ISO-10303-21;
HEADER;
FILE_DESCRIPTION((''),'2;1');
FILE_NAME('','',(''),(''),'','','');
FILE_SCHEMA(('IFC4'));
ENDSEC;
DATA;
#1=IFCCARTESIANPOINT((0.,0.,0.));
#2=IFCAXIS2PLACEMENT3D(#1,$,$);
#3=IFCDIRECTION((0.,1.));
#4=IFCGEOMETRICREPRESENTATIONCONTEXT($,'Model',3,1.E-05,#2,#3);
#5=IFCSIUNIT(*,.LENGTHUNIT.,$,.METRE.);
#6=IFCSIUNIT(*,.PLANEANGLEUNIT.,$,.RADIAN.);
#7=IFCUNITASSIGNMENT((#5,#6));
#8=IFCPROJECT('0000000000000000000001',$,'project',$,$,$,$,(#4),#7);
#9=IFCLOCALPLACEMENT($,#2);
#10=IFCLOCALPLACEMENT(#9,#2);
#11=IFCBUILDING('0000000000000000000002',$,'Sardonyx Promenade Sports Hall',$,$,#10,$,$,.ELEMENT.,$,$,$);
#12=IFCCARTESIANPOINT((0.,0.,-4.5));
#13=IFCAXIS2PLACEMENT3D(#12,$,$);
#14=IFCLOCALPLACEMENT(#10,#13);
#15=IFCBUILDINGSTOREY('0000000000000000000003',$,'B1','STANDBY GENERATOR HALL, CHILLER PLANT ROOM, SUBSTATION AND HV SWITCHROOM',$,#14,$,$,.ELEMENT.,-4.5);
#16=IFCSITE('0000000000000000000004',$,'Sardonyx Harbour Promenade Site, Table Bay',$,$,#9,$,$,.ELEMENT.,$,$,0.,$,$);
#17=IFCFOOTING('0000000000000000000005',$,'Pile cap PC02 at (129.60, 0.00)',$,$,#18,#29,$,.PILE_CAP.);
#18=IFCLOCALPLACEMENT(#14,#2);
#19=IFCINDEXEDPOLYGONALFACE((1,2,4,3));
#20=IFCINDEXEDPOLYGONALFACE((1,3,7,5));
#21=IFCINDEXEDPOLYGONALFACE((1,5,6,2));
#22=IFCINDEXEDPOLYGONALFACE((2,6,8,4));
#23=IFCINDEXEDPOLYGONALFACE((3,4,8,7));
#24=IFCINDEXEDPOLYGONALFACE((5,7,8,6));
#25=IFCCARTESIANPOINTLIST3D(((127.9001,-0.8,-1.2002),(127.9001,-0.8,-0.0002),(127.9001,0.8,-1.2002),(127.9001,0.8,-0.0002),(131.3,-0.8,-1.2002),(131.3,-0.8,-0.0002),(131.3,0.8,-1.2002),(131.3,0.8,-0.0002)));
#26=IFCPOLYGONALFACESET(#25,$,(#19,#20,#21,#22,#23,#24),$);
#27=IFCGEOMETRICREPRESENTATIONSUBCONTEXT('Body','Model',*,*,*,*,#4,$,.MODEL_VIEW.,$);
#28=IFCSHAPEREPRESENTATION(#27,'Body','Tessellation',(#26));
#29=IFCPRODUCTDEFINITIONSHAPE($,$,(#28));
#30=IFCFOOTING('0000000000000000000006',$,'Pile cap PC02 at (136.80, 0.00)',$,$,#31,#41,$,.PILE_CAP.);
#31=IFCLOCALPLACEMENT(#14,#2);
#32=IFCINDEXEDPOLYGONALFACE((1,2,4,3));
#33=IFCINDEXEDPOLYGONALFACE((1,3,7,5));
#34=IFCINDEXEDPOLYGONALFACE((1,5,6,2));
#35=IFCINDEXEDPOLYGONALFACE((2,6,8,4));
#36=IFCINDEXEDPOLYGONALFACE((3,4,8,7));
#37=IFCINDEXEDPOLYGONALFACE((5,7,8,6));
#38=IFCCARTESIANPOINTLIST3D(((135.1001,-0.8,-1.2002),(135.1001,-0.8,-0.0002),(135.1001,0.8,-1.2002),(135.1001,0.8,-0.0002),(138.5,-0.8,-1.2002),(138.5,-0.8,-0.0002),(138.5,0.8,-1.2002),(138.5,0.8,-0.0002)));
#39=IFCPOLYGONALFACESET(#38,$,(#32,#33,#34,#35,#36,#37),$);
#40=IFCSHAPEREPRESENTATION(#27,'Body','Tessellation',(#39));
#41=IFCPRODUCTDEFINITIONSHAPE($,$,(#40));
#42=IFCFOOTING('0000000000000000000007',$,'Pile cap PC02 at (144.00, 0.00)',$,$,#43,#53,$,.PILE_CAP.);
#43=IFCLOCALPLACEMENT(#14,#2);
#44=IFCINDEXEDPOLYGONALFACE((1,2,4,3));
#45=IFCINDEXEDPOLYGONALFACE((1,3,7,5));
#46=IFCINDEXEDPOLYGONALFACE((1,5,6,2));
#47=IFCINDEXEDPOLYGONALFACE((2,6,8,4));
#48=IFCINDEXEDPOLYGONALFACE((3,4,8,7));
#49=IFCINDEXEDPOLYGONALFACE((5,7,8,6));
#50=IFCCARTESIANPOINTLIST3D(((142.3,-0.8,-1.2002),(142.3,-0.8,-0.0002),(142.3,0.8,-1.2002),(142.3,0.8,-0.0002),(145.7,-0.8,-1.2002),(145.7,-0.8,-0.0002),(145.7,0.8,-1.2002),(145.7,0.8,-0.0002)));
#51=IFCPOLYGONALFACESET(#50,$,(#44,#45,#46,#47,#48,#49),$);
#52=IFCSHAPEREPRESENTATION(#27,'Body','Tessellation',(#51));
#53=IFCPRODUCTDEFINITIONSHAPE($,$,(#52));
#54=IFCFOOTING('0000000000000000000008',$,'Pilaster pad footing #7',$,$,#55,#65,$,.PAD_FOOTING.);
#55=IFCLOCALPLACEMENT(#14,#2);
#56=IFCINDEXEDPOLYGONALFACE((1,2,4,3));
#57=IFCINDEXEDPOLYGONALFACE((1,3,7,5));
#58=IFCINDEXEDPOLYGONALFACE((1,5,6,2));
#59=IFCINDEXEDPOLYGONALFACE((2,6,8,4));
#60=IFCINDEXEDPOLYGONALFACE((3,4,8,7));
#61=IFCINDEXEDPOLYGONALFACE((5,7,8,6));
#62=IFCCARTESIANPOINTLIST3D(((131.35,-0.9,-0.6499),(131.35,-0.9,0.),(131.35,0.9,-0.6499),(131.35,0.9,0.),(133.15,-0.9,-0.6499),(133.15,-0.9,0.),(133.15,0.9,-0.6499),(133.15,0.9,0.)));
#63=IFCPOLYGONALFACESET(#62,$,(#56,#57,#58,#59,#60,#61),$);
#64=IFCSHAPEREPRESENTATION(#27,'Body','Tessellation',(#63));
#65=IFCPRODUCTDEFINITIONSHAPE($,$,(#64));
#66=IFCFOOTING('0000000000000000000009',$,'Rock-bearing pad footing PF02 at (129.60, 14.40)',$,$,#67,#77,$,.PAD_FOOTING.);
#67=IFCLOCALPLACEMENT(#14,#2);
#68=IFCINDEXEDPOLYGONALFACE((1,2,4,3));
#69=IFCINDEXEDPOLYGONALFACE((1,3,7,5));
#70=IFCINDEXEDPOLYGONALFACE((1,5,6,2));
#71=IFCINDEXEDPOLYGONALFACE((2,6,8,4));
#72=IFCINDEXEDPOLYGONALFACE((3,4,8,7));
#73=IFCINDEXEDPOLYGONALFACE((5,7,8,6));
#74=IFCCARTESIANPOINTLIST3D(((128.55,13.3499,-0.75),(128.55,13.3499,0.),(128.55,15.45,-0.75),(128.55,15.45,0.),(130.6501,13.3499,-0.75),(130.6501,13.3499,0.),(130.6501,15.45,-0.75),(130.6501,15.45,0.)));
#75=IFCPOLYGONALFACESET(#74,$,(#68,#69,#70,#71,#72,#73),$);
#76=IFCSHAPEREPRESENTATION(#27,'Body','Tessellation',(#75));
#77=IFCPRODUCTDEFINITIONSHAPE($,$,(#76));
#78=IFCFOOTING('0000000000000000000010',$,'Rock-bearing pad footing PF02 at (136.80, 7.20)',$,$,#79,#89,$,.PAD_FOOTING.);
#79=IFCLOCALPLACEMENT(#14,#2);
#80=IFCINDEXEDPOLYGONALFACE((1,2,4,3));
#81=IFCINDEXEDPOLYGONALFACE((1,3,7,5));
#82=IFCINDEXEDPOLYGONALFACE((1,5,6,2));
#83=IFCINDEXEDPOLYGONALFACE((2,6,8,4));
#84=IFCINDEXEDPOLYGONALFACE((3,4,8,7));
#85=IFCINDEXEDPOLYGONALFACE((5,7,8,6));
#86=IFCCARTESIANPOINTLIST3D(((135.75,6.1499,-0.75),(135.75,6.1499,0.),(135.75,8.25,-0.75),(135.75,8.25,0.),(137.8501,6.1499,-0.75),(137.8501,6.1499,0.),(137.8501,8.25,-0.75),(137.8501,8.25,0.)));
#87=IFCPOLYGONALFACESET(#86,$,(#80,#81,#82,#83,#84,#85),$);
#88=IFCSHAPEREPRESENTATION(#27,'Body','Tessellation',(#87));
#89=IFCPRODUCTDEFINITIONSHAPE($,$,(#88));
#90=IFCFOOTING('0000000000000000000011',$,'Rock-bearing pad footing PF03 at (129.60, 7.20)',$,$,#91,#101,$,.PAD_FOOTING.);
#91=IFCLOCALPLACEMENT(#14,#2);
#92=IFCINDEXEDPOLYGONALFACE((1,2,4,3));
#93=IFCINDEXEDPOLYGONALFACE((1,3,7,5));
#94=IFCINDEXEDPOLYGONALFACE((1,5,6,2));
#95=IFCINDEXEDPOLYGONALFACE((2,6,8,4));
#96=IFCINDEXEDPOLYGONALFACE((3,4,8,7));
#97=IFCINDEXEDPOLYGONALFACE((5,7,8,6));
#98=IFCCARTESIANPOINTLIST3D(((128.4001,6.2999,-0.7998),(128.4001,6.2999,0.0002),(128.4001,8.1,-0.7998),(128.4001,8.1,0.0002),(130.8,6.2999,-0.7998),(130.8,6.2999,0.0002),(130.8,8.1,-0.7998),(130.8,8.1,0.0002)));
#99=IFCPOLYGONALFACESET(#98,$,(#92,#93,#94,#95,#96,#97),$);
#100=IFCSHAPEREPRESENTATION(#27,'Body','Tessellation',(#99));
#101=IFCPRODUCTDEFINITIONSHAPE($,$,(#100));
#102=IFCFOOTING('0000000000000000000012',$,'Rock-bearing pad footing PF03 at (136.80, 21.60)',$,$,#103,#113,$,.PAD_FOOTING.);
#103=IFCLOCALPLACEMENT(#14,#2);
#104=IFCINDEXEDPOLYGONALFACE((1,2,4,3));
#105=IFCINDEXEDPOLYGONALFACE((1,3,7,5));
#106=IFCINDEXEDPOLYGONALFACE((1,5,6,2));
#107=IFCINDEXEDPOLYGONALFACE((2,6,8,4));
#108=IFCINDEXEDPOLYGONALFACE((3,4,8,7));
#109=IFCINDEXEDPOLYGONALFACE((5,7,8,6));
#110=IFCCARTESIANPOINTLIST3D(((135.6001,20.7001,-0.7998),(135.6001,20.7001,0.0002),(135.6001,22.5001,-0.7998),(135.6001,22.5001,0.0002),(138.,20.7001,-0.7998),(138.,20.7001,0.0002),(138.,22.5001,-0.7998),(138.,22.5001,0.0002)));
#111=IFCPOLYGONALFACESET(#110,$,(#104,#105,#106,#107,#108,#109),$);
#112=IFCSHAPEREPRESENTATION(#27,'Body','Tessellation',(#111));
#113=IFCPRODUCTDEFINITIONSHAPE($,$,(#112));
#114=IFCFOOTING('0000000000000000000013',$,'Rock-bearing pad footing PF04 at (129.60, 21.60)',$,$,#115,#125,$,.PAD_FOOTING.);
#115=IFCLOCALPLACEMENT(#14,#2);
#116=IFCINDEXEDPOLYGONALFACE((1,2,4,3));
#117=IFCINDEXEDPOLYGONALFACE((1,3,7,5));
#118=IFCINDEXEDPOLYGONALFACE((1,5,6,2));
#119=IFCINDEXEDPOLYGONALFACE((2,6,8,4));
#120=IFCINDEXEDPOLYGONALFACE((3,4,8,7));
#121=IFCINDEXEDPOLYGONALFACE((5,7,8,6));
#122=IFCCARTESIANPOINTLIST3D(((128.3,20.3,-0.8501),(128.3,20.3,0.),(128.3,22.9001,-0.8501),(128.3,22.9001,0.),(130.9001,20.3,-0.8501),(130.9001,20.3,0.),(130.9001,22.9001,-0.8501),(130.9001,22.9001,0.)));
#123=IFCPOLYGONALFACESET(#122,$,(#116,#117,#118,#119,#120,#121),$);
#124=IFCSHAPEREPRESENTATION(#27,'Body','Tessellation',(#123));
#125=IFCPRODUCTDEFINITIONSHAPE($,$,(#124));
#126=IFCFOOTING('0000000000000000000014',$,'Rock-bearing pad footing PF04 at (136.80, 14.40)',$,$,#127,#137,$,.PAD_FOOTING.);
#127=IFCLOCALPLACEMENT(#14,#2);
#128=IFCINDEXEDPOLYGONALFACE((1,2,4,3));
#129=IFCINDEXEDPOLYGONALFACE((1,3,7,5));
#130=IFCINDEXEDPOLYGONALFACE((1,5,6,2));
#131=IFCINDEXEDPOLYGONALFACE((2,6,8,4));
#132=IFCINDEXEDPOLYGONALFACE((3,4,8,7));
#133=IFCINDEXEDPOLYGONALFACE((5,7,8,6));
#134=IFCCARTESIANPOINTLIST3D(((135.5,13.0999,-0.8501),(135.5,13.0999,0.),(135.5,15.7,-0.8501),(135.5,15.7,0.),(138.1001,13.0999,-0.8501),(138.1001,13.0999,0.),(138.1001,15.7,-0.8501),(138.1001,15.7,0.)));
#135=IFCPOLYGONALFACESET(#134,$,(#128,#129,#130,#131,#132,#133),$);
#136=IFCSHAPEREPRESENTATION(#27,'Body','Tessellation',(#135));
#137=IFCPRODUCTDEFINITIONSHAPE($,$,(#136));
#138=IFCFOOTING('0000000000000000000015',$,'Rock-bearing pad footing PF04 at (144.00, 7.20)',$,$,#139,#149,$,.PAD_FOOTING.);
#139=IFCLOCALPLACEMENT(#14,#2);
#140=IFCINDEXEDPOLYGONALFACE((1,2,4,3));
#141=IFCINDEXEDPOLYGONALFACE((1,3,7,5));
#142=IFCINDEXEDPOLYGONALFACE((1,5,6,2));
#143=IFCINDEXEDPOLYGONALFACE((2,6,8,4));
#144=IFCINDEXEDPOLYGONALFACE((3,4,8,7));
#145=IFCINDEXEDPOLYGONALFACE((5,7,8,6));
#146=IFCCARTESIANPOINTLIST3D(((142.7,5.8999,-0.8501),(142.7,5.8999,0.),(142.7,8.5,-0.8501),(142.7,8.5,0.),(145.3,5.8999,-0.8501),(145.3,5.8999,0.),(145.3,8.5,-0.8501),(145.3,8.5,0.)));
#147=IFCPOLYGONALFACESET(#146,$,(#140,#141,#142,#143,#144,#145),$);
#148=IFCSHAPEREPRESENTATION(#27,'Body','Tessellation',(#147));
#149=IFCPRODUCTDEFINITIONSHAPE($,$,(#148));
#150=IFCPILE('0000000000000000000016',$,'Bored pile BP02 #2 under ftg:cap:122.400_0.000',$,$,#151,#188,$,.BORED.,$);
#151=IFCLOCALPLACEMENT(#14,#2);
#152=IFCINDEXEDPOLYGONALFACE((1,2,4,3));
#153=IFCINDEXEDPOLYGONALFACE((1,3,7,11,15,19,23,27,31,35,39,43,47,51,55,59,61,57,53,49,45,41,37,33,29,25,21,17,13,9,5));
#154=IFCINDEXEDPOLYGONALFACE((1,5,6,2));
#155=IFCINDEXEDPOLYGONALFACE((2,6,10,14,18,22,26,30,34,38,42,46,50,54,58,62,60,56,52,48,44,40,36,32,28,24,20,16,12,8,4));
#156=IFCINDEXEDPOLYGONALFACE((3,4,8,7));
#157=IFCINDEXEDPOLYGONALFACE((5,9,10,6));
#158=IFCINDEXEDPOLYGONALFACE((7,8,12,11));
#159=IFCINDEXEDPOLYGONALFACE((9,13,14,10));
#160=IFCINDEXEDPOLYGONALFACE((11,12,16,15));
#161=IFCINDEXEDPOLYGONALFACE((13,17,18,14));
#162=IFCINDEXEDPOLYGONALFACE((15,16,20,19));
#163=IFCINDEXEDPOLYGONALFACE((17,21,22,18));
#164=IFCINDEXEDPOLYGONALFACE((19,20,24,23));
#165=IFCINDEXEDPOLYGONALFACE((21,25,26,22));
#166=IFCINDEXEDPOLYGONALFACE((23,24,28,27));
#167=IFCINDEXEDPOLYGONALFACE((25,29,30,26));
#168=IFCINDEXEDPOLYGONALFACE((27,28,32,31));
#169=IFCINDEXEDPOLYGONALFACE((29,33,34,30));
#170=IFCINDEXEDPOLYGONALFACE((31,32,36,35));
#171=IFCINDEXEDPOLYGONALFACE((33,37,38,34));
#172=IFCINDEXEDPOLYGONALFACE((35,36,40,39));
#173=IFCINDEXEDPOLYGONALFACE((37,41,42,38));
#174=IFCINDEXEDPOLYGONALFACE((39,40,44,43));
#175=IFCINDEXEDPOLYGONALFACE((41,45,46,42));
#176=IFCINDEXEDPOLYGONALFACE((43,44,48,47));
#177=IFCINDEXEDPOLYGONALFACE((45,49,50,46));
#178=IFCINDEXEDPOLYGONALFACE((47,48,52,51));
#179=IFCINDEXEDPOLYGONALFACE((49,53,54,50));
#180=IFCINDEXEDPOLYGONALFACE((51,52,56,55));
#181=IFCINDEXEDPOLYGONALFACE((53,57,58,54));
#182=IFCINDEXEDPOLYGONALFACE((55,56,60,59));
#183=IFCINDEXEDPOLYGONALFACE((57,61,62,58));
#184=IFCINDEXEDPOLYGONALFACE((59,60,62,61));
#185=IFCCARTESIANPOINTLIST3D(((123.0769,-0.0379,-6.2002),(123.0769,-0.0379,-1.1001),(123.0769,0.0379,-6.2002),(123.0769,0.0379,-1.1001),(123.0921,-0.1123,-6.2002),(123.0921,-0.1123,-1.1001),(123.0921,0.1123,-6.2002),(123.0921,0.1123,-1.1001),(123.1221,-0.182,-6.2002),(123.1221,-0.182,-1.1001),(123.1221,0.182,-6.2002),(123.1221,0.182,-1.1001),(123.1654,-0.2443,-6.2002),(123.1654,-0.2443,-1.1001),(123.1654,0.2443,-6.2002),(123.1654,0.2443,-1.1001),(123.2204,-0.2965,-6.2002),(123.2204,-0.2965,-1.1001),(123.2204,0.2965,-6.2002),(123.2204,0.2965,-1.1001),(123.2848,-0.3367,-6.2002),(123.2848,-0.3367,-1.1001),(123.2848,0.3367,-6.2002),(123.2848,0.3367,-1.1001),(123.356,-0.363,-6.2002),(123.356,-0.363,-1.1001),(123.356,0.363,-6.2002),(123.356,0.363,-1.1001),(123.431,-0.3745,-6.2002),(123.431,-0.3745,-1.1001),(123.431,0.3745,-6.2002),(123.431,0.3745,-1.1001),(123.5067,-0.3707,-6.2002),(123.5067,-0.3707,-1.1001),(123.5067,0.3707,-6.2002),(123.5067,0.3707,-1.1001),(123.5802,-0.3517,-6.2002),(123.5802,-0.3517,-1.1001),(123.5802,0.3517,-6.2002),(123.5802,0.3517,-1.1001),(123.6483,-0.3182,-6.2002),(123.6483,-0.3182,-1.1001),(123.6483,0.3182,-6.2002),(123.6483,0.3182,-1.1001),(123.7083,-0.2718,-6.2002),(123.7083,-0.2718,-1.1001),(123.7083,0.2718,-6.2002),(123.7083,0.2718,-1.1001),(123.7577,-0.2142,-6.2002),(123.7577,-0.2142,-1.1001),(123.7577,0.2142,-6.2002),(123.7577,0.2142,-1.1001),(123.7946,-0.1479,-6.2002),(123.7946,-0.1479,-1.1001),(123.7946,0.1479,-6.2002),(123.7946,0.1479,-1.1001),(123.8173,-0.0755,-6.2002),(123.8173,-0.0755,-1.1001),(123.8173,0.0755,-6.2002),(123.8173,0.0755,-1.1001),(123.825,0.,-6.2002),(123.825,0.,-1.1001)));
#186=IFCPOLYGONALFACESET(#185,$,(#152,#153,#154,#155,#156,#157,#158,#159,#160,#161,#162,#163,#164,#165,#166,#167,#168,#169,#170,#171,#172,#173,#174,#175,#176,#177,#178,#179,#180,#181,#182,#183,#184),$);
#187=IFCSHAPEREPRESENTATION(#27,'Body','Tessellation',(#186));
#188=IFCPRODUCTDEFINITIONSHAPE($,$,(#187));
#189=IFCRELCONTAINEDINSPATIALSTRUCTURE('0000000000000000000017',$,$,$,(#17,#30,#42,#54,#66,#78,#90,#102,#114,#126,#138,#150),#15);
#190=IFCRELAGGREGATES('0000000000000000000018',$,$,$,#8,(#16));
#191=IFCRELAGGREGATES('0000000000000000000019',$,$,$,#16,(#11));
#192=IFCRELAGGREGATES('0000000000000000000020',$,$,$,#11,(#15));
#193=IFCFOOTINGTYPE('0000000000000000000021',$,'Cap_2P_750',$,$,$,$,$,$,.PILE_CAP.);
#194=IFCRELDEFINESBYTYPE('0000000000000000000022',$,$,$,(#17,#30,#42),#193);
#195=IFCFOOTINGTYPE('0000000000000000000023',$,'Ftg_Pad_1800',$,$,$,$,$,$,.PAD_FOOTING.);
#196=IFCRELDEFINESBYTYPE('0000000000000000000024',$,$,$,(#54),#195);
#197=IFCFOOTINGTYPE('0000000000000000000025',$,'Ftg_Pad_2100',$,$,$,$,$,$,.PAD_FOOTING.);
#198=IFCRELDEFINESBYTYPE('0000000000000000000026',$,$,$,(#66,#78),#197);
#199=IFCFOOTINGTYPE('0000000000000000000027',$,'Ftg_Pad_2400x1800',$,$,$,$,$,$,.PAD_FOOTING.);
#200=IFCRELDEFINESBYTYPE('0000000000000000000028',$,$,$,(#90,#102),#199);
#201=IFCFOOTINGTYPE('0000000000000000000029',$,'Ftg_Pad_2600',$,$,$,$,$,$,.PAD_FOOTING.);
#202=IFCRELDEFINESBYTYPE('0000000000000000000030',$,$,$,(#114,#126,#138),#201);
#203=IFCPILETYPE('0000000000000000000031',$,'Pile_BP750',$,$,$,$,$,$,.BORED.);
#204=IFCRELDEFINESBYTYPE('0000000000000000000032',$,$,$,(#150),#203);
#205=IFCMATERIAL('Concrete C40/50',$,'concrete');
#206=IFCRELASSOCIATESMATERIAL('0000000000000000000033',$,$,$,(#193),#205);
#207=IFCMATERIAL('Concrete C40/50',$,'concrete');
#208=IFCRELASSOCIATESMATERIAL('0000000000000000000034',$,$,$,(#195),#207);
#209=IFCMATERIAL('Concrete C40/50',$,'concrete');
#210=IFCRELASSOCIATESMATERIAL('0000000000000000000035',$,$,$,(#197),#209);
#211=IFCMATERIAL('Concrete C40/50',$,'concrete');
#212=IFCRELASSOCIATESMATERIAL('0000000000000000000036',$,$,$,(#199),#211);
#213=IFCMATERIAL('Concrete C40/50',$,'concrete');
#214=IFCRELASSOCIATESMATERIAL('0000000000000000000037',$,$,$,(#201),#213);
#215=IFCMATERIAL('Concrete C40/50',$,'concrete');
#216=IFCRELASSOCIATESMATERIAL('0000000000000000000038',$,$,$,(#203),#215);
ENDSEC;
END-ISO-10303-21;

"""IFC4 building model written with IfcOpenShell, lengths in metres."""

from ifc_helpers import new_model, si_unit, direction, frame, origin, origin_2d, place, context, subcontext, project, spatial, rectangle, circle, extrude, material, material_profile, profile_set, type_object, element, save


model = new_model("IFC4")

# Units and contexts
model_context = context("Model", 3, precision=1e-05, world=origin(), true_north=direction((0.0, 1.0)))
body_context = subcontext(model_context, "Body", "Model", "MODEL_VIEW")
ifc_project = project(units=[si_unit("LENGTHUNIT", "METRE"), si_unit("PLANEANGLEUNIT", "RADIAN")], contexts=[model_context])

# Site, building, storey
site_placement = place(None, origin())
site = spatial("IfcSite", under=ifc_project, at=site_placement, Name="Sardonyx Harbour Promenade Site, Table Bay", CompositionType="ELEMENT", RefElevation=0.0)
building_placement = place(site_placement, origin())
building = spatial("IfcBuilding", under=site, at=building_placement, Name="Sardonyx Promenade Sports Hall", CompositionType="ELEMENT")
storey_placement = place(building_placement, frame((0.0, 0.0, -4.5)))
storey = spatial("IfcBuildingStorey", under=building, at=storey_placement, Name="B1", Description="STANDBY GENERATOR HALL, CHILLER PLANT ROOM, SUBSTATION AND HV SWITCHROOM", CompositionType="ELEMENT", Elevation=-4.5)

# Footings
ifc_material_1 = material(Name="Concrete C40/50", Category="concrete")
footing_type_1 = type_object("IfcFootingType", Name="Cap_2P_750", PredefinedType="PILE_CAP", material=ifc_material_1)
for number, where, z_axis, x_axis, name in (
    (1, (129.6001, 0.0, -1.2002), (0.0, 0.0, 1.0), (1.0, 0.0, 0.0), "Pile cap PC02 at (129.60, 0.00)"),
    (2, (136.8, 0.0, -1.2002), (0.0, 0.0, 1.0), (1.0, 0.0, 0.0), "Pile cap PC02 at (136.80, 0.00)"),
    (3, (144.0, 0.0, -1.2002), (0.0, 0.0, 1.0), (1.0, 0.0, 0.0), "Pile cap PC02 at (144.00, 0.00)"),
):
    element("IfcFooting", number, at=place(storey_placement, frame(where, z_axis=z_axis, x_axis=x_axis)), inside=storey, type_object=footing_type_1, Name=name, PredefinedType="PILE_CAP", context=body_context, shape_type="SweptSolid", body=[
        extrude(rectangle(XDim=3.3999, YDim=1.6001, at=origin_2d()), origin(), (0.0, 0.0, 1.0), 1.2),
    ])
ifc_material_2 = material(Name="Concrete C40/50", Category="concrete")
footing_type_2 = type_object("IfcFootingType", Name="Ftg_Pad_1800", PredefinedType="PAD_FOOTING", material=ifc_material_2)
footing_placement = place(storey_placement, frame((132.25, 0.0, -0.6499), z_axis=(0.0, 0.0, 1.0), x_axis=(1.0, 0.0, 0.0)))
element("IfcFooting", 4, at=footing_placement, inside=storey, type_object=footing_type_2, Name="Pilaster pad footing #7", PredefinedType="PAD_FOOTING", context=body_context, shape_type="SweptSolid", body=[
    extrude(rectangle(XDim=1.8, YDim=1.8, at=origin_2d()), origin(), (0.0, 0.0, 1.0), 0.6499),
])
ifc_material_3 = material(Name="Concrete C40/50", Category="concrete")
footing_type_3 = type_object("IfcFootingType", Name="Ftg_Pad_2100", PredefinedType="PAD_FOOTING", material=ifc_material_3)
for number, where, z_axis, x_axis, name in (
    (5, (129.6001, 14.3999, -0.75), (0.0, 0.0, 1.0), (1.0, 0.0, 0.0), "Rock-bearing pad footing PF02 at (129.60, 14.40)"),
    (6, (136.8, 7.2, -0.75), (0.0, 0.0, 1.0), (1.0, 0.0, 0.0), "Rock-bearing pad footing PF02 at (136.80, 7.20)"),
):
    element("IfcFooting", number, at=place(storey_placement, frame(where, z_axis=z_axis, x_axis=x_axis)), inside=storey, type_object=footing_type_3, Name=name, PredefinedType="PAD_FOOTING", context=body_context, shape_type="SweptSolid", body=[
        extrude(rectangle(XDim=2.1001, YDim=2.1001, at=origin_2d()), origin(), (0.0, 0.0, 1.0), 0.75),
    ])
ifc_material_4 = material(Name="Concrete C40/50", Category="concrete")
footing_type_4 = type_object("IfcFootingType", Name="Ftg_Pad_2400x1800", PredefinedType="PAD_FOOTING", material=ifc_material_4)
for number, where, z_axis, x_axis, name in (
    (7, (129.6001, 7.2, -0.7998), (0.0, 0.0, 1.0), (1.0, 0.0, 0.0), "Rock-bearing pad footing PF03 at (129.60, 7.20)"),
    (8, (136.8, 21.6001, -0.7998), (0.0, 0.0, 1.0), (1.0, 0.0, 0.0), "Rock-bearing pad footing PF03 at (136.80, 21.60)"),
):
    element("IfcFooting", number, at=place(storey_placement, frame(where, z_axis=z_axis, x_axis=x_axis)), inside=storey, type_object=footing_type_4, Name=name, PredefinedType="PAD_FOOTING", context=body_context, shape_type="SweptSolid", body=[
        extrude(rectangle(XDim=2.3999, YDim=1.8, at=origin_2d()), origin(), (0.0, 0.0, 1.0), 0.8),
    ])
ifc_material_5 = material(Name="Concrete C40/50", Category="concrete")
footing_type_5 = type_object("IfcFootingType", Name="Ftg_Pad_2600", PredefinedType="PAD_FOOTING", material=ifc_material_5)
for number, where, z_axis, x_axis, name in (
    (9, (129.6001, 21.6001, -0.8501), (0.0, 0.0, 1.0), (1.0, 0.0, 0.0), "Rock-bearing pad footing PF04 at (129.60, 21.60)"),
    (10, (136.8, 14.3999, -0.8501), (0.0, 0.0, 1.0), (1.0, 0.0, 0.0), "Rock-bearing pad footing PF04 at (136.80, 14.40)"),
    (11, (144.0, 7.2, -0.8501), (0.0, 0.0, 1.0), (1.0, 0.0, 0.0), "Rock-bearing pad footing PF04 at (144.00, 7.20)"),
):
    element("IfcFooting", number, at=place(storey_placement, frame(where, z_axis=z_axis, x_axis=x_axis)), inside=storey, type_object=footing_type_5, Name=name, PredefinedType="PAD_FOOTING", context=body_context, shape_type="SweptSolid", body=[
        extrude(rectangle(XDim=2.6001, YDim=2.6001, at=origin_2d()), origin(), (0.0, 0.0, 1.0), 0.8501),
    ])

# Pile
ifc_material_6 = material(Name="Concrete C40/50", Category="concrete")
ifc_material_profile_1 = material_profile(ifc_material_6, circle(Radius=0.375, at=origin_2d()))
ifc_profile_set_1 = profile_set([ifc_material_profile_1], Name="Concrete C40/50")
pile_type = type_object("IfcPileType", Name="Pile_BP750", PredefinedType="BORED", material=ifc_profile_set_1)
for number, where, z_axis, x_axis, name in (
    (12, (123.45, 0.0, -1.1001), (0.0, 0.0, -1.0), (1.0, 0.0, 0.0), "Bored pile BP02 #2 under ftg:cap:122.400_0.000"),
):
    element("IfcPile", number, at=place(storey_placement, frame(where, z_axis=z_axis, x_axis=x_axis)), inside=storey, type_object=pile_type, Name=name, PredefinedType="BORED", context=body_context, shape_type="SweptSolid", body=[
        extrude(circle(Radius=0.375, at=origin_2d()), origin(), (0.0, 0.0, 1.0), 5.1001),
    ])

save(model, "model.ifc")
